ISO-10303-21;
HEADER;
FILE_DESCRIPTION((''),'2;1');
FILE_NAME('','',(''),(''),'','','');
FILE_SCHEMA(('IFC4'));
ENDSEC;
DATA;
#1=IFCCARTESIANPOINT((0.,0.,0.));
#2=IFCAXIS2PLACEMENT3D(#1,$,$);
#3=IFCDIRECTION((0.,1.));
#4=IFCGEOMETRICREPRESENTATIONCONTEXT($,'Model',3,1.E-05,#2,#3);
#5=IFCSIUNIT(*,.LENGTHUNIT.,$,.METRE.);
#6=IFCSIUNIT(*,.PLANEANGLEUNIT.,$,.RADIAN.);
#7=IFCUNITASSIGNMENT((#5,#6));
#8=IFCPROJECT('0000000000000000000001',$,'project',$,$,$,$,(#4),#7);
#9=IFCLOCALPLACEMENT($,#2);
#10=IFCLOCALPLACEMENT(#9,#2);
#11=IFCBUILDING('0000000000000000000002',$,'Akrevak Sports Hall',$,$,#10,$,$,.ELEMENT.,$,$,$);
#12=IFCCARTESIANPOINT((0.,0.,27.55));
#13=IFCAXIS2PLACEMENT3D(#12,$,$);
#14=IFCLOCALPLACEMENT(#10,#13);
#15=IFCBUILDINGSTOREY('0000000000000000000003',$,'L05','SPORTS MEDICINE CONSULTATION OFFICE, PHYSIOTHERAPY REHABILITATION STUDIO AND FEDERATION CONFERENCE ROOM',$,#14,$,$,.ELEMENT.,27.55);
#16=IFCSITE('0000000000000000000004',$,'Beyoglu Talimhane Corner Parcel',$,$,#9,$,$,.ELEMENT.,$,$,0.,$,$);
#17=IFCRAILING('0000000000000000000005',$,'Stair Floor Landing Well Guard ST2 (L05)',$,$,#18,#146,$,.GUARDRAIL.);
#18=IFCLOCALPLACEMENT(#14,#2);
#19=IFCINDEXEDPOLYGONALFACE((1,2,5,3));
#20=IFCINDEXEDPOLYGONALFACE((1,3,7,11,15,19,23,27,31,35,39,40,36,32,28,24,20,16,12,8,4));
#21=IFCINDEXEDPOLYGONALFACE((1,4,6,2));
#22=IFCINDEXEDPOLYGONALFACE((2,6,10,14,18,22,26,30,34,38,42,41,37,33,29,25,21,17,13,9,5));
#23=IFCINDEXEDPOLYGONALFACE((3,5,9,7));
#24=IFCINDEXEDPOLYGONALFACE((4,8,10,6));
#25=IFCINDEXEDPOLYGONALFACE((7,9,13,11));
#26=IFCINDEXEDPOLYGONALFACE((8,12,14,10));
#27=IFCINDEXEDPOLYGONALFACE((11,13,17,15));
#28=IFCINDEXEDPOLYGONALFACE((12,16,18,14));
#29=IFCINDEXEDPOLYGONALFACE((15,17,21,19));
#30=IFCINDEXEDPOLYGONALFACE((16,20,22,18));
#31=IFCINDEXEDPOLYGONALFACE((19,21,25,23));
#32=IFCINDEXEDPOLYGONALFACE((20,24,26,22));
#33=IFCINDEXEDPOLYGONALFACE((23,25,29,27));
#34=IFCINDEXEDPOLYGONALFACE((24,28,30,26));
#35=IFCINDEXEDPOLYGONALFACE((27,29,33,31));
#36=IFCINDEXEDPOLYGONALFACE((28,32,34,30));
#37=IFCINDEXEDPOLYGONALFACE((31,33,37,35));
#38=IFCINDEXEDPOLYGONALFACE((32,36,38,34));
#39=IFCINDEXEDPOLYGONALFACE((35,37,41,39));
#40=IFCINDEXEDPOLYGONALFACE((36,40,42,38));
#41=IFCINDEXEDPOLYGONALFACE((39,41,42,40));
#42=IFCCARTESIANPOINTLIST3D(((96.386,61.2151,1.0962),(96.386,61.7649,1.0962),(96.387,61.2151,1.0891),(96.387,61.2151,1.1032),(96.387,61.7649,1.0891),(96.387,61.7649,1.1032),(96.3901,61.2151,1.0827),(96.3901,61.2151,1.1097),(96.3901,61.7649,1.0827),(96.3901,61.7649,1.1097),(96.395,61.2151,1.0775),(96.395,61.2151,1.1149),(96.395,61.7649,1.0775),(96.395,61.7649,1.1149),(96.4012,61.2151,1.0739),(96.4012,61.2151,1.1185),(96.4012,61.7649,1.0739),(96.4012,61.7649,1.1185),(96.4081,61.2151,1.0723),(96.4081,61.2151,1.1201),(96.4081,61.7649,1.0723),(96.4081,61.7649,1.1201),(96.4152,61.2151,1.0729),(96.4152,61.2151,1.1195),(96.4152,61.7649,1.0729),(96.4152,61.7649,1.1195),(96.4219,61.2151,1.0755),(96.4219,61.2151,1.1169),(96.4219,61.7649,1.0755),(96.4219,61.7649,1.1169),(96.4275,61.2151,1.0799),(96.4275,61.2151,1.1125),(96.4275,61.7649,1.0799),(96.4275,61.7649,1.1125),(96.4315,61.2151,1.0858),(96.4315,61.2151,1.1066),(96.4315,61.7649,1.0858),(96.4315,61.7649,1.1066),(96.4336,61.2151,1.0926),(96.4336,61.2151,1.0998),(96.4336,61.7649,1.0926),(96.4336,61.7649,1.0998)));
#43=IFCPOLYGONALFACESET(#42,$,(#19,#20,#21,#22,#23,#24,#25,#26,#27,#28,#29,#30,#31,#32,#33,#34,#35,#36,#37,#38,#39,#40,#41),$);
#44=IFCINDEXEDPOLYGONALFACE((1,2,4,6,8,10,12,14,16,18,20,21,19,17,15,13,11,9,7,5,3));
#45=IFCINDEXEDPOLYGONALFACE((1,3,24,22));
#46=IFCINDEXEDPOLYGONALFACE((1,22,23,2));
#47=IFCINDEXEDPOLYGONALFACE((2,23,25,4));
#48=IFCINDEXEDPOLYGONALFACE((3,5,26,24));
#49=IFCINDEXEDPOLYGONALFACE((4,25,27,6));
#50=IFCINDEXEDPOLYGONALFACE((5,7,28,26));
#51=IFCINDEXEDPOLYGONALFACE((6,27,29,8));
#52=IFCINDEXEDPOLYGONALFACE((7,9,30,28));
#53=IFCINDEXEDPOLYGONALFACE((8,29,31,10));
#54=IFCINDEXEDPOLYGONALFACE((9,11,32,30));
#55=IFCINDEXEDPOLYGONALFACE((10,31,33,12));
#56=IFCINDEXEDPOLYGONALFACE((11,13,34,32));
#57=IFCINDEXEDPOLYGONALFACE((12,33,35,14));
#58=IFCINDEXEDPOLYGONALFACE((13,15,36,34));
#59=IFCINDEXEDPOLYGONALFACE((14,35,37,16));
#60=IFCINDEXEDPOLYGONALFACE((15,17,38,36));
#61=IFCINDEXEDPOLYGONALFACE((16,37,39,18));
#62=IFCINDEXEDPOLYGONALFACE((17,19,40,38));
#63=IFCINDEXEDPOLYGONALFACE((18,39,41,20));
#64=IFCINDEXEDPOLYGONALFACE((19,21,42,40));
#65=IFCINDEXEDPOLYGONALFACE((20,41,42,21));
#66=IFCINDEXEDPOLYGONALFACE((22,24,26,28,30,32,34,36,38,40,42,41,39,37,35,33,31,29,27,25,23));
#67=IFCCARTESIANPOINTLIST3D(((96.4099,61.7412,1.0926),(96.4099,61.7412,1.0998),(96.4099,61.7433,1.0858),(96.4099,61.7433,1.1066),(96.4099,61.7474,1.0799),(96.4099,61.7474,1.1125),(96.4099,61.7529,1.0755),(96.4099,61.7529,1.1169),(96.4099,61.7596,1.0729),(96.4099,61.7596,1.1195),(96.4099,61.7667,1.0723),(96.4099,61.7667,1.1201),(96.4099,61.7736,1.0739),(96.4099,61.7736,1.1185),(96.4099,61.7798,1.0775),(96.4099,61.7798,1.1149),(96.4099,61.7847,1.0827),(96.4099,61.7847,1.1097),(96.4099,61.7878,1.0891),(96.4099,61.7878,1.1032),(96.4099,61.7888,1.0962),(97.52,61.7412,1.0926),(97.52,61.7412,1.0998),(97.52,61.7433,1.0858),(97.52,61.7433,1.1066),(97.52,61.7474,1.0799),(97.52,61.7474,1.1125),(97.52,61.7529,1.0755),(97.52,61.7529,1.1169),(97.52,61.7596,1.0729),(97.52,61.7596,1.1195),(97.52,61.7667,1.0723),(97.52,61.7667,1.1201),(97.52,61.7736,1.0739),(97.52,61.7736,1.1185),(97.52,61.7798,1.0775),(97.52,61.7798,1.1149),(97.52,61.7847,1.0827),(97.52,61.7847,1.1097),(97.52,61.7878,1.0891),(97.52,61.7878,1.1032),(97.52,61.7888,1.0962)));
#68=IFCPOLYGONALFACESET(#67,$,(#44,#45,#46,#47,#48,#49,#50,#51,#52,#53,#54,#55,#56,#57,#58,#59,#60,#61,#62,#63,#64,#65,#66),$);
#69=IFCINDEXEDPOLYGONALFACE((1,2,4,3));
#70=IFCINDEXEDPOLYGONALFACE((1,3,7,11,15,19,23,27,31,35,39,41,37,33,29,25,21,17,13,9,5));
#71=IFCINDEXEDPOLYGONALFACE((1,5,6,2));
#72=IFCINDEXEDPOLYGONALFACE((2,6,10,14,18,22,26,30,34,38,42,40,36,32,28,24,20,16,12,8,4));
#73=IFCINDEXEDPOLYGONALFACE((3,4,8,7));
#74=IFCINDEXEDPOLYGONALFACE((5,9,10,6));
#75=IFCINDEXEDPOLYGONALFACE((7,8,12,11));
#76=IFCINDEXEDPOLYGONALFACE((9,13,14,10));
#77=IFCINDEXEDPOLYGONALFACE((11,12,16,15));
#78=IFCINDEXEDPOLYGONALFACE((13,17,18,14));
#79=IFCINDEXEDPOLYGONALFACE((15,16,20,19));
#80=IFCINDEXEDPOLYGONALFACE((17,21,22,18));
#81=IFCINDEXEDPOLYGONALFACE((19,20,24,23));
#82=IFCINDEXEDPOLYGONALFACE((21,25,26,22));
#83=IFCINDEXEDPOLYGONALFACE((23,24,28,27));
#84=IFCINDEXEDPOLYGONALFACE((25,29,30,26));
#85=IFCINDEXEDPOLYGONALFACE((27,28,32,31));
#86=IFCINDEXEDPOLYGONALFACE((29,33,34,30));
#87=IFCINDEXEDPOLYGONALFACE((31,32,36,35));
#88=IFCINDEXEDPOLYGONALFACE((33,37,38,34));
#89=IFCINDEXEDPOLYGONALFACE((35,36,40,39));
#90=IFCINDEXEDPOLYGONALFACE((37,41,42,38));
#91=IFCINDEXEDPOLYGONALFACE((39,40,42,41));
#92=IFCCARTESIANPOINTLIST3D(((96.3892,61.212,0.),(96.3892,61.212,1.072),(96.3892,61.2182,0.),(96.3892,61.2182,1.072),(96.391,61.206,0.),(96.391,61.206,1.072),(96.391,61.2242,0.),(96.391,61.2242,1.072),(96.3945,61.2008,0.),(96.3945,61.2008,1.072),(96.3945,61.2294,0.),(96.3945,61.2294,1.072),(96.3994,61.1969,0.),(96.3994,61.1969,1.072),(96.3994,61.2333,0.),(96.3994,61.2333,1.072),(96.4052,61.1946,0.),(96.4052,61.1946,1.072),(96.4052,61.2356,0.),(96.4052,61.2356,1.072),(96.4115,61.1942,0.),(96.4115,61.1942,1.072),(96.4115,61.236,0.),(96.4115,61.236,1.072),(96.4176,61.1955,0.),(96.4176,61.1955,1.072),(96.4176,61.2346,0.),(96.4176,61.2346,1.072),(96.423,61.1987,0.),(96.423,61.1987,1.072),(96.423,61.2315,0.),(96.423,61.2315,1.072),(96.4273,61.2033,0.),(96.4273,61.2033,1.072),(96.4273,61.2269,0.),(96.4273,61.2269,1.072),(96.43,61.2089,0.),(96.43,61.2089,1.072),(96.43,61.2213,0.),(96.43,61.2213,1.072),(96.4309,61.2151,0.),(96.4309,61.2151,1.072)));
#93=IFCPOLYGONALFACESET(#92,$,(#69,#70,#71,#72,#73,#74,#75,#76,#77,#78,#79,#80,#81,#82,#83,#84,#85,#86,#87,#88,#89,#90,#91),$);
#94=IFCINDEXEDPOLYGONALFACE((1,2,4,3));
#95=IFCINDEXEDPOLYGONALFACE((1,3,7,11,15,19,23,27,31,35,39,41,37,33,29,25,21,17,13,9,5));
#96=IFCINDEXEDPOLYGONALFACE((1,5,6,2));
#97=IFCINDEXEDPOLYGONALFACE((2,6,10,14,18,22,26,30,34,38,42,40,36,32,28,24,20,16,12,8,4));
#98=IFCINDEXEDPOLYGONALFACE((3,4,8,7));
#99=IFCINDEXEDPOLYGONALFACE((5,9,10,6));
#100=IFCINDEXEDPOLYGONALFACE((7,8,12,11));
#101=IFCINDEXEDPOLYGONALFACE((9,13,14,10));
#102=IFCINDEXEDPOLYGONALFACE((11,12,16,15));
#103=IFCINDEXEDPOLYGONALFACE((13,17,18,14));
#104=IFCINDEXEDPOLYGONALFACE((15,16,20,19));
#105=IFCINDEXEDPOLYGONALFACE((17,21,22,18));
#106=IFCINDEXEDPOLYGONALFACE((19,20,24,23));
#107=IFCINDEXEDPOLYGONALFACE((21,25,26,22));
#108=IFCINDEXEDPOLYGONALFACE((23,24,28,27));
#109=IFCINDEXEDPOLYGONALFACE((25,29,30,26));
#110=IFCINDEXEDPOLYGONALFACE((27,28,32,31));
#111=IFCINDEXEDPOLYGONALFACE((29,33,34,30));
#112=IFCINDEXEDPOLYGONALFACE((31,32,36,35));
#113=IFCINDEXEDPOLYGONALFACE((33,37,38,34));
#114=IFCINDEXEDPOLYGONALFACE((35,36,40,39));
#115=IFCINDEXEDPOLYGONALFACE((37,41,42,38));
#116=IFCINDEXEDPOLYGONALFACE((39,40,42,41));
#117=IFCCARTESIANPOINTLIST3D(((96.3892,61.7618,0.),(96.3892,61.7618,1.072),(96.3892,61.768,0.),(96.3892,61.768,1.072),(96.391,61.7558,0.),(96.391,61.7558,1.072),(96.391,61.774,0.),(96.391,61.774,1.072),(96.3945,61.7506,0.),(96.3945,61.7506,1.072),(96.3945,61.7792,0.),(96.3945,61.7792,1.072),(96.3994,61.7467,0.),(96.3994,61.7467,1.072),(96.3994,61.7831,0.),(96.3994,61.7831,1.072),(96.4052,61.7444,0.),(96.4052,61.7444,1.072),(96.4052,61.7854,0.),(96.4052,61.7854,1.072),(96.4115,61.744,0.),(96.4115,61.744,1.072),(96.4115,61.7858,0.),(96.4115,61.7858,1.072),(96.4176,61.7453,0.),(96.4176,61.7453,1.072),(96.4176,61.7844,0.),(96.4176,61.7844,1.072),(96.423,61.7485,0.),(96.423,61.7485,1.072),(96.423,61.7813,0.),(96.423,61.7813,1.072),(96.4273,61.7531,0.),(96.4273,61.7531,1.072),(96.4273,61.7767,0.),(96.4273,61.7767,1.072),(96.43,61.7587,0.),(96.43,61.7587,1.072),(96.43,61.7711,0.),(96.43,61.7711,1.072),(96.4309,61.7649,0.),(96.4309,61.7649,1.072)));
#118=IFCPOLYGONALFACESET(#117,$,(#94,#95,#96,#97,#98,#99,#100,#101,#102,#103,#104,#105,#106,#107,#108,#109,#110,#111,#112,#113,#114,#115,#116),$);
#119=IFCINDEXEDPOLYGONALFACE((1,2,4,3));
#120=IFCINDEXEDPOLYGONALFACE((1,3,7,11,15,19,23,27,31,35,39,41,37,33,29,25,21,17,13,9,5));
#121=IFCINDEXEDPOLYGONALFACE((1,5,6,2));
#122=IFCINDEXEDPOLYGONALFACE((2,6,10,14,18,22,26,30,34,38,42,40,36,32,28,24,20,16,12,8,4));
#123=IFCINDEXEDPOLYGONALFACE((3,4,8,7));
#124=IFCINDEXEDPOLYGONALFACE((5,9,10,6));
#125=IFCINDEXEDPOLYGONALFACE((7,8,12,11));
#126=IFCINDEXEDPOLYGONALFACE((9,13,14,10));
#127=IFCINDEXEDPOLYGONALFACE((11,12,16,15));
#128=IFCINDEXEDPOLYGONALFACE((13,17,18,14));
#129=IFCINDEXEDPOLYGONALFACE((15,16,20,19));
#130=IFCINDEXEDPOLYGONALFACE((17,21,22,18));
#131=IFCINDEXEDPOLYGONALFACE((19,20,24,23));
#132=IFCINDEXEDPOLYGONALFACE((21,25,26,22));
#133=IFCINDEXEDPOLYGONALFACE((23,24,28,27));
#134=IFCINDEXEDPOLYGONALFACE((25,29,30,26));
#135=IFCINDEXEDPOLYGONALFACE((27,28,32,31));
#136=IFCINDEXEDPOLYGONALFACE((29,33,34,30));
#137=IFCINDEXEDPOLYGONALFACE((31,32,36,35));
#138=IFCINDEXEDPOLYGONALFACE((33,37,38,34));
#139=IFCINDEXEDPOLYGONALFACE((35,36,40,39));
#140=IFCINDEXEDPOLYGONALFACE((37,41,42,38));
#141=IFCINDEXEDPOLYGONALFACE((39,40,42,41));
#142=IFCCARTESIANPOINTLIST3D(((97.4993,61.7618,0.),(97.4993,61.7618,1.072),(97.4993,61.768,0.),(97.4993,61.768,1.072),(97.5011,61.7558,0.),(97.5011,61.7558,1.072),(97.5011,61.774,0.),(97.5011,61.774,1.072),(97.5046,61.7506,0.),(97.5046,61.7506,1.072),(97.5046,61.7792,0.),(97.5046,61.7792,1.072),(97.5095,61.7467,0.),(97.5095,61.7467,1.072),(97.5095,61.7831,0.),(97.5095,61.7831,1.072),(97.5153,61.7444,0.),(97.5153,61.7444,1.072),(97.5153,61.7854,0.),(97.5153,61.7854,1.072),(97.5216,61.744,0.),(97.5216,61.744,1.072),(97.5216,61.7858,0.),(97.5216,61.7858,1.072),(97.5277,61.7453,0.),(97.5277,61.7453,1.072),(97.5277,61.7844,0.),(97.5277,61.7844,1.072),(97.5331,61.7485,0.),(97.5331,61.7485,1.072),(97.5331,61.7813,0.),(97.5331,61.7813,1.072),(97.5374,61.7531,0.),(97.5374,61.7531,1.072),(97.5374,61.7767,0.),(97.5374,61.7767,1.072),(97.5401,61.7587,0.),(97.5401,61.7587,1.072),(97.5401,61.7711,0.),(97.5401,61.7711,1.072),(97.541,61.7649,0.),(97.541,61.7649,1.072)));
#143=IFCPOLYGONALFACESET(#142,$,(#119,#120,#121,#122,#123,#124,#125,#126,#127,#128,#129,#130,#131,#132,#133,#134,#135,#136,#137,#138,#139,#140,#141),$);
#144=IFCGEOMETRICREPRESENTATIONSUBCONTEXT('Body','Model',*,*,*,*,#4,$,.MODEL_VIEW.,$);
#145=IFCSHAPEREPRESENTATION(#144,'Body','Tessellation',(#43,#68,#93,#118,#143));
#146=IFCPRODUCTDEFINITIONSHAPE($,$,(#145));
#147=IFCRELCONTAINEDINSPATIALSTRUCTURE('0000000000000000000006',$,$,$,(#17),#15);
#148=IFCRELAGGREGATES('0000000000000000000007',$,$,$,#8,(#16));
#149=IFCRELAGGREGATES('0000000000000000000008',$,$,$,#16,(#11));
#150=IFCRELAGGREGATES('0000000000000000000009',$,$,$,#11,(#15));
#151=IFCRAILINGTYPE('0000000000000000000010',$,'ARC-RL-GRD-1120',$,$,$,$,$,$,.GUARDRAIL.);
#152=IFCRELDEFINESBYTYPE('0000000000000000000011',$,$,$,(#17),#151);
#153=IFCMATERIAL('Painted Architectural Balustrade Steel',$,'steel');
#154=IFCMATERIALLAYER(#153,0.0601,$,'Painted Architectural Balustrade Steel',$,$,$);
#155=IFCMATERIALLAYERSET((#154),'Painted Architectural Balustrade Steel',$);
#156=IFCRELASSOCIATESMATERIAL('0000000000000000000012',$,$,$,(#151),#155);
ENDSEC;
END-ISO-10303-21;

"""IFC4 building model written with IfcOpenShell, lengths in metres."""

from ifc_helpers import new_model, si_unit, direction, frame, origin, origin_2d, place, context, subcontext, project, spatial, circle, extrude, material, layer, layer_set, type_object, element, save


model = new_model("IFC4")

# Units and contexts
model_context = context("Model", 3, precision=1e-05, world=origin(), true_north=direction((0.0, 1.0)))
body_context = subcontext(model_context, "Body", "Model", "MODEL_VIEW")
ifc_project = project(units=[si_unit("LENGTHUNIT", "METRE"), si_unit("PLANEANGLEUNIT", "RADIAN")], contexts=[model_context])

# Site, building, storey
site_placement = place(None, origin())
site = spatial("IfcSite", under=ifc_project, at=site_placement, Name="Beyoglu Talimhane Corner Parcel", CompositionType="ELEMENT", RefElevation=0.0)
building_placement = place(site_placement, origin())
building = spatial("IfcBuilding", under=site, at=building_placement, Name="Akrevak Sports Hall", CompositionType="ELEMENT")
storey_placement = place(building_placement, frame((0.0, 0.0, 27.55)))
storey = spatial("IfcBuildingStorey", under=building, at=storey_placement, Name="L05", Description="SPORTS MEDICINE CONSULTATION OFFICE, PHYSIOTHERAPY REHABILITATION STUDIO AND FEDERATION CONFERENCE ROOM", CompositionType="ELEMENT", Elevation=27.55)

# Railing
ifc_material_1 = material(Name="Painted Architectural Balustrade Steel", Category="steel")
ifc_layer_1 = layer(ifc_material_1, 0.0601, Name="Painted Architectural Balustrade Steel")
ifc_layer_set_1 = layer_set([ifc_layer_1], Name="Painted Architectural Balustrade Steel")
railing_type_1 = type_object("IfcRailingType", Name="ARC-RL-GRD-1120", PredefinedType="GUARDRAIL", material=ifc_layer_set_1)
for number, where, name in (
    (1, (96.4099, 61.2151, 0.0), "Stair Floor Landing Well Guard ST2 (L05)"),
):
    element("IfcRailing", number, at=place(storey_placement, frame(where)), inside=storey, type_object=railing_type_1, Name=name, PredefinedType="GUARDRAIL", context=body_context, shape_type="SweptSolid", body=[
        extrude(circle(Radius=0.0239, at=origin_2d()), frame((0.0, 0.0, 1.0962), z_axis=(0.0, 1.0, 0.0), x_axis=(-1.0, 0.0, 0.0)), (0.0, 0.0, 1.0), 0.5498),
        extrude(circle(Radius=0.0239, at=origin_2d()), frame((0.0, 0.5498, 1.0962), z_axis=(1.0, 0.0, 0.0), x_axis=(0.0, 1.0, 0.0)), (0.0, 0.0, 1.0), 1.1101),
        extrude(circle(Radius=0.021, at=origin_2d()), origin(), (0.0, 0.0, 1.0), 1.072),
        extrude(circle(Radius=0.021, at=origin_2d()), frame((0.0, 0.5498, 0.0)), (0.0, 0.0, 1.0), 1.072),
        extrude(circle(Radius=0.021, at=origin_2d()), frame((1.1101, 0.5498, 0.0)), (0.0, 0.0, 1.0), 1.072),
    ])

save(model, "model.ifc")
